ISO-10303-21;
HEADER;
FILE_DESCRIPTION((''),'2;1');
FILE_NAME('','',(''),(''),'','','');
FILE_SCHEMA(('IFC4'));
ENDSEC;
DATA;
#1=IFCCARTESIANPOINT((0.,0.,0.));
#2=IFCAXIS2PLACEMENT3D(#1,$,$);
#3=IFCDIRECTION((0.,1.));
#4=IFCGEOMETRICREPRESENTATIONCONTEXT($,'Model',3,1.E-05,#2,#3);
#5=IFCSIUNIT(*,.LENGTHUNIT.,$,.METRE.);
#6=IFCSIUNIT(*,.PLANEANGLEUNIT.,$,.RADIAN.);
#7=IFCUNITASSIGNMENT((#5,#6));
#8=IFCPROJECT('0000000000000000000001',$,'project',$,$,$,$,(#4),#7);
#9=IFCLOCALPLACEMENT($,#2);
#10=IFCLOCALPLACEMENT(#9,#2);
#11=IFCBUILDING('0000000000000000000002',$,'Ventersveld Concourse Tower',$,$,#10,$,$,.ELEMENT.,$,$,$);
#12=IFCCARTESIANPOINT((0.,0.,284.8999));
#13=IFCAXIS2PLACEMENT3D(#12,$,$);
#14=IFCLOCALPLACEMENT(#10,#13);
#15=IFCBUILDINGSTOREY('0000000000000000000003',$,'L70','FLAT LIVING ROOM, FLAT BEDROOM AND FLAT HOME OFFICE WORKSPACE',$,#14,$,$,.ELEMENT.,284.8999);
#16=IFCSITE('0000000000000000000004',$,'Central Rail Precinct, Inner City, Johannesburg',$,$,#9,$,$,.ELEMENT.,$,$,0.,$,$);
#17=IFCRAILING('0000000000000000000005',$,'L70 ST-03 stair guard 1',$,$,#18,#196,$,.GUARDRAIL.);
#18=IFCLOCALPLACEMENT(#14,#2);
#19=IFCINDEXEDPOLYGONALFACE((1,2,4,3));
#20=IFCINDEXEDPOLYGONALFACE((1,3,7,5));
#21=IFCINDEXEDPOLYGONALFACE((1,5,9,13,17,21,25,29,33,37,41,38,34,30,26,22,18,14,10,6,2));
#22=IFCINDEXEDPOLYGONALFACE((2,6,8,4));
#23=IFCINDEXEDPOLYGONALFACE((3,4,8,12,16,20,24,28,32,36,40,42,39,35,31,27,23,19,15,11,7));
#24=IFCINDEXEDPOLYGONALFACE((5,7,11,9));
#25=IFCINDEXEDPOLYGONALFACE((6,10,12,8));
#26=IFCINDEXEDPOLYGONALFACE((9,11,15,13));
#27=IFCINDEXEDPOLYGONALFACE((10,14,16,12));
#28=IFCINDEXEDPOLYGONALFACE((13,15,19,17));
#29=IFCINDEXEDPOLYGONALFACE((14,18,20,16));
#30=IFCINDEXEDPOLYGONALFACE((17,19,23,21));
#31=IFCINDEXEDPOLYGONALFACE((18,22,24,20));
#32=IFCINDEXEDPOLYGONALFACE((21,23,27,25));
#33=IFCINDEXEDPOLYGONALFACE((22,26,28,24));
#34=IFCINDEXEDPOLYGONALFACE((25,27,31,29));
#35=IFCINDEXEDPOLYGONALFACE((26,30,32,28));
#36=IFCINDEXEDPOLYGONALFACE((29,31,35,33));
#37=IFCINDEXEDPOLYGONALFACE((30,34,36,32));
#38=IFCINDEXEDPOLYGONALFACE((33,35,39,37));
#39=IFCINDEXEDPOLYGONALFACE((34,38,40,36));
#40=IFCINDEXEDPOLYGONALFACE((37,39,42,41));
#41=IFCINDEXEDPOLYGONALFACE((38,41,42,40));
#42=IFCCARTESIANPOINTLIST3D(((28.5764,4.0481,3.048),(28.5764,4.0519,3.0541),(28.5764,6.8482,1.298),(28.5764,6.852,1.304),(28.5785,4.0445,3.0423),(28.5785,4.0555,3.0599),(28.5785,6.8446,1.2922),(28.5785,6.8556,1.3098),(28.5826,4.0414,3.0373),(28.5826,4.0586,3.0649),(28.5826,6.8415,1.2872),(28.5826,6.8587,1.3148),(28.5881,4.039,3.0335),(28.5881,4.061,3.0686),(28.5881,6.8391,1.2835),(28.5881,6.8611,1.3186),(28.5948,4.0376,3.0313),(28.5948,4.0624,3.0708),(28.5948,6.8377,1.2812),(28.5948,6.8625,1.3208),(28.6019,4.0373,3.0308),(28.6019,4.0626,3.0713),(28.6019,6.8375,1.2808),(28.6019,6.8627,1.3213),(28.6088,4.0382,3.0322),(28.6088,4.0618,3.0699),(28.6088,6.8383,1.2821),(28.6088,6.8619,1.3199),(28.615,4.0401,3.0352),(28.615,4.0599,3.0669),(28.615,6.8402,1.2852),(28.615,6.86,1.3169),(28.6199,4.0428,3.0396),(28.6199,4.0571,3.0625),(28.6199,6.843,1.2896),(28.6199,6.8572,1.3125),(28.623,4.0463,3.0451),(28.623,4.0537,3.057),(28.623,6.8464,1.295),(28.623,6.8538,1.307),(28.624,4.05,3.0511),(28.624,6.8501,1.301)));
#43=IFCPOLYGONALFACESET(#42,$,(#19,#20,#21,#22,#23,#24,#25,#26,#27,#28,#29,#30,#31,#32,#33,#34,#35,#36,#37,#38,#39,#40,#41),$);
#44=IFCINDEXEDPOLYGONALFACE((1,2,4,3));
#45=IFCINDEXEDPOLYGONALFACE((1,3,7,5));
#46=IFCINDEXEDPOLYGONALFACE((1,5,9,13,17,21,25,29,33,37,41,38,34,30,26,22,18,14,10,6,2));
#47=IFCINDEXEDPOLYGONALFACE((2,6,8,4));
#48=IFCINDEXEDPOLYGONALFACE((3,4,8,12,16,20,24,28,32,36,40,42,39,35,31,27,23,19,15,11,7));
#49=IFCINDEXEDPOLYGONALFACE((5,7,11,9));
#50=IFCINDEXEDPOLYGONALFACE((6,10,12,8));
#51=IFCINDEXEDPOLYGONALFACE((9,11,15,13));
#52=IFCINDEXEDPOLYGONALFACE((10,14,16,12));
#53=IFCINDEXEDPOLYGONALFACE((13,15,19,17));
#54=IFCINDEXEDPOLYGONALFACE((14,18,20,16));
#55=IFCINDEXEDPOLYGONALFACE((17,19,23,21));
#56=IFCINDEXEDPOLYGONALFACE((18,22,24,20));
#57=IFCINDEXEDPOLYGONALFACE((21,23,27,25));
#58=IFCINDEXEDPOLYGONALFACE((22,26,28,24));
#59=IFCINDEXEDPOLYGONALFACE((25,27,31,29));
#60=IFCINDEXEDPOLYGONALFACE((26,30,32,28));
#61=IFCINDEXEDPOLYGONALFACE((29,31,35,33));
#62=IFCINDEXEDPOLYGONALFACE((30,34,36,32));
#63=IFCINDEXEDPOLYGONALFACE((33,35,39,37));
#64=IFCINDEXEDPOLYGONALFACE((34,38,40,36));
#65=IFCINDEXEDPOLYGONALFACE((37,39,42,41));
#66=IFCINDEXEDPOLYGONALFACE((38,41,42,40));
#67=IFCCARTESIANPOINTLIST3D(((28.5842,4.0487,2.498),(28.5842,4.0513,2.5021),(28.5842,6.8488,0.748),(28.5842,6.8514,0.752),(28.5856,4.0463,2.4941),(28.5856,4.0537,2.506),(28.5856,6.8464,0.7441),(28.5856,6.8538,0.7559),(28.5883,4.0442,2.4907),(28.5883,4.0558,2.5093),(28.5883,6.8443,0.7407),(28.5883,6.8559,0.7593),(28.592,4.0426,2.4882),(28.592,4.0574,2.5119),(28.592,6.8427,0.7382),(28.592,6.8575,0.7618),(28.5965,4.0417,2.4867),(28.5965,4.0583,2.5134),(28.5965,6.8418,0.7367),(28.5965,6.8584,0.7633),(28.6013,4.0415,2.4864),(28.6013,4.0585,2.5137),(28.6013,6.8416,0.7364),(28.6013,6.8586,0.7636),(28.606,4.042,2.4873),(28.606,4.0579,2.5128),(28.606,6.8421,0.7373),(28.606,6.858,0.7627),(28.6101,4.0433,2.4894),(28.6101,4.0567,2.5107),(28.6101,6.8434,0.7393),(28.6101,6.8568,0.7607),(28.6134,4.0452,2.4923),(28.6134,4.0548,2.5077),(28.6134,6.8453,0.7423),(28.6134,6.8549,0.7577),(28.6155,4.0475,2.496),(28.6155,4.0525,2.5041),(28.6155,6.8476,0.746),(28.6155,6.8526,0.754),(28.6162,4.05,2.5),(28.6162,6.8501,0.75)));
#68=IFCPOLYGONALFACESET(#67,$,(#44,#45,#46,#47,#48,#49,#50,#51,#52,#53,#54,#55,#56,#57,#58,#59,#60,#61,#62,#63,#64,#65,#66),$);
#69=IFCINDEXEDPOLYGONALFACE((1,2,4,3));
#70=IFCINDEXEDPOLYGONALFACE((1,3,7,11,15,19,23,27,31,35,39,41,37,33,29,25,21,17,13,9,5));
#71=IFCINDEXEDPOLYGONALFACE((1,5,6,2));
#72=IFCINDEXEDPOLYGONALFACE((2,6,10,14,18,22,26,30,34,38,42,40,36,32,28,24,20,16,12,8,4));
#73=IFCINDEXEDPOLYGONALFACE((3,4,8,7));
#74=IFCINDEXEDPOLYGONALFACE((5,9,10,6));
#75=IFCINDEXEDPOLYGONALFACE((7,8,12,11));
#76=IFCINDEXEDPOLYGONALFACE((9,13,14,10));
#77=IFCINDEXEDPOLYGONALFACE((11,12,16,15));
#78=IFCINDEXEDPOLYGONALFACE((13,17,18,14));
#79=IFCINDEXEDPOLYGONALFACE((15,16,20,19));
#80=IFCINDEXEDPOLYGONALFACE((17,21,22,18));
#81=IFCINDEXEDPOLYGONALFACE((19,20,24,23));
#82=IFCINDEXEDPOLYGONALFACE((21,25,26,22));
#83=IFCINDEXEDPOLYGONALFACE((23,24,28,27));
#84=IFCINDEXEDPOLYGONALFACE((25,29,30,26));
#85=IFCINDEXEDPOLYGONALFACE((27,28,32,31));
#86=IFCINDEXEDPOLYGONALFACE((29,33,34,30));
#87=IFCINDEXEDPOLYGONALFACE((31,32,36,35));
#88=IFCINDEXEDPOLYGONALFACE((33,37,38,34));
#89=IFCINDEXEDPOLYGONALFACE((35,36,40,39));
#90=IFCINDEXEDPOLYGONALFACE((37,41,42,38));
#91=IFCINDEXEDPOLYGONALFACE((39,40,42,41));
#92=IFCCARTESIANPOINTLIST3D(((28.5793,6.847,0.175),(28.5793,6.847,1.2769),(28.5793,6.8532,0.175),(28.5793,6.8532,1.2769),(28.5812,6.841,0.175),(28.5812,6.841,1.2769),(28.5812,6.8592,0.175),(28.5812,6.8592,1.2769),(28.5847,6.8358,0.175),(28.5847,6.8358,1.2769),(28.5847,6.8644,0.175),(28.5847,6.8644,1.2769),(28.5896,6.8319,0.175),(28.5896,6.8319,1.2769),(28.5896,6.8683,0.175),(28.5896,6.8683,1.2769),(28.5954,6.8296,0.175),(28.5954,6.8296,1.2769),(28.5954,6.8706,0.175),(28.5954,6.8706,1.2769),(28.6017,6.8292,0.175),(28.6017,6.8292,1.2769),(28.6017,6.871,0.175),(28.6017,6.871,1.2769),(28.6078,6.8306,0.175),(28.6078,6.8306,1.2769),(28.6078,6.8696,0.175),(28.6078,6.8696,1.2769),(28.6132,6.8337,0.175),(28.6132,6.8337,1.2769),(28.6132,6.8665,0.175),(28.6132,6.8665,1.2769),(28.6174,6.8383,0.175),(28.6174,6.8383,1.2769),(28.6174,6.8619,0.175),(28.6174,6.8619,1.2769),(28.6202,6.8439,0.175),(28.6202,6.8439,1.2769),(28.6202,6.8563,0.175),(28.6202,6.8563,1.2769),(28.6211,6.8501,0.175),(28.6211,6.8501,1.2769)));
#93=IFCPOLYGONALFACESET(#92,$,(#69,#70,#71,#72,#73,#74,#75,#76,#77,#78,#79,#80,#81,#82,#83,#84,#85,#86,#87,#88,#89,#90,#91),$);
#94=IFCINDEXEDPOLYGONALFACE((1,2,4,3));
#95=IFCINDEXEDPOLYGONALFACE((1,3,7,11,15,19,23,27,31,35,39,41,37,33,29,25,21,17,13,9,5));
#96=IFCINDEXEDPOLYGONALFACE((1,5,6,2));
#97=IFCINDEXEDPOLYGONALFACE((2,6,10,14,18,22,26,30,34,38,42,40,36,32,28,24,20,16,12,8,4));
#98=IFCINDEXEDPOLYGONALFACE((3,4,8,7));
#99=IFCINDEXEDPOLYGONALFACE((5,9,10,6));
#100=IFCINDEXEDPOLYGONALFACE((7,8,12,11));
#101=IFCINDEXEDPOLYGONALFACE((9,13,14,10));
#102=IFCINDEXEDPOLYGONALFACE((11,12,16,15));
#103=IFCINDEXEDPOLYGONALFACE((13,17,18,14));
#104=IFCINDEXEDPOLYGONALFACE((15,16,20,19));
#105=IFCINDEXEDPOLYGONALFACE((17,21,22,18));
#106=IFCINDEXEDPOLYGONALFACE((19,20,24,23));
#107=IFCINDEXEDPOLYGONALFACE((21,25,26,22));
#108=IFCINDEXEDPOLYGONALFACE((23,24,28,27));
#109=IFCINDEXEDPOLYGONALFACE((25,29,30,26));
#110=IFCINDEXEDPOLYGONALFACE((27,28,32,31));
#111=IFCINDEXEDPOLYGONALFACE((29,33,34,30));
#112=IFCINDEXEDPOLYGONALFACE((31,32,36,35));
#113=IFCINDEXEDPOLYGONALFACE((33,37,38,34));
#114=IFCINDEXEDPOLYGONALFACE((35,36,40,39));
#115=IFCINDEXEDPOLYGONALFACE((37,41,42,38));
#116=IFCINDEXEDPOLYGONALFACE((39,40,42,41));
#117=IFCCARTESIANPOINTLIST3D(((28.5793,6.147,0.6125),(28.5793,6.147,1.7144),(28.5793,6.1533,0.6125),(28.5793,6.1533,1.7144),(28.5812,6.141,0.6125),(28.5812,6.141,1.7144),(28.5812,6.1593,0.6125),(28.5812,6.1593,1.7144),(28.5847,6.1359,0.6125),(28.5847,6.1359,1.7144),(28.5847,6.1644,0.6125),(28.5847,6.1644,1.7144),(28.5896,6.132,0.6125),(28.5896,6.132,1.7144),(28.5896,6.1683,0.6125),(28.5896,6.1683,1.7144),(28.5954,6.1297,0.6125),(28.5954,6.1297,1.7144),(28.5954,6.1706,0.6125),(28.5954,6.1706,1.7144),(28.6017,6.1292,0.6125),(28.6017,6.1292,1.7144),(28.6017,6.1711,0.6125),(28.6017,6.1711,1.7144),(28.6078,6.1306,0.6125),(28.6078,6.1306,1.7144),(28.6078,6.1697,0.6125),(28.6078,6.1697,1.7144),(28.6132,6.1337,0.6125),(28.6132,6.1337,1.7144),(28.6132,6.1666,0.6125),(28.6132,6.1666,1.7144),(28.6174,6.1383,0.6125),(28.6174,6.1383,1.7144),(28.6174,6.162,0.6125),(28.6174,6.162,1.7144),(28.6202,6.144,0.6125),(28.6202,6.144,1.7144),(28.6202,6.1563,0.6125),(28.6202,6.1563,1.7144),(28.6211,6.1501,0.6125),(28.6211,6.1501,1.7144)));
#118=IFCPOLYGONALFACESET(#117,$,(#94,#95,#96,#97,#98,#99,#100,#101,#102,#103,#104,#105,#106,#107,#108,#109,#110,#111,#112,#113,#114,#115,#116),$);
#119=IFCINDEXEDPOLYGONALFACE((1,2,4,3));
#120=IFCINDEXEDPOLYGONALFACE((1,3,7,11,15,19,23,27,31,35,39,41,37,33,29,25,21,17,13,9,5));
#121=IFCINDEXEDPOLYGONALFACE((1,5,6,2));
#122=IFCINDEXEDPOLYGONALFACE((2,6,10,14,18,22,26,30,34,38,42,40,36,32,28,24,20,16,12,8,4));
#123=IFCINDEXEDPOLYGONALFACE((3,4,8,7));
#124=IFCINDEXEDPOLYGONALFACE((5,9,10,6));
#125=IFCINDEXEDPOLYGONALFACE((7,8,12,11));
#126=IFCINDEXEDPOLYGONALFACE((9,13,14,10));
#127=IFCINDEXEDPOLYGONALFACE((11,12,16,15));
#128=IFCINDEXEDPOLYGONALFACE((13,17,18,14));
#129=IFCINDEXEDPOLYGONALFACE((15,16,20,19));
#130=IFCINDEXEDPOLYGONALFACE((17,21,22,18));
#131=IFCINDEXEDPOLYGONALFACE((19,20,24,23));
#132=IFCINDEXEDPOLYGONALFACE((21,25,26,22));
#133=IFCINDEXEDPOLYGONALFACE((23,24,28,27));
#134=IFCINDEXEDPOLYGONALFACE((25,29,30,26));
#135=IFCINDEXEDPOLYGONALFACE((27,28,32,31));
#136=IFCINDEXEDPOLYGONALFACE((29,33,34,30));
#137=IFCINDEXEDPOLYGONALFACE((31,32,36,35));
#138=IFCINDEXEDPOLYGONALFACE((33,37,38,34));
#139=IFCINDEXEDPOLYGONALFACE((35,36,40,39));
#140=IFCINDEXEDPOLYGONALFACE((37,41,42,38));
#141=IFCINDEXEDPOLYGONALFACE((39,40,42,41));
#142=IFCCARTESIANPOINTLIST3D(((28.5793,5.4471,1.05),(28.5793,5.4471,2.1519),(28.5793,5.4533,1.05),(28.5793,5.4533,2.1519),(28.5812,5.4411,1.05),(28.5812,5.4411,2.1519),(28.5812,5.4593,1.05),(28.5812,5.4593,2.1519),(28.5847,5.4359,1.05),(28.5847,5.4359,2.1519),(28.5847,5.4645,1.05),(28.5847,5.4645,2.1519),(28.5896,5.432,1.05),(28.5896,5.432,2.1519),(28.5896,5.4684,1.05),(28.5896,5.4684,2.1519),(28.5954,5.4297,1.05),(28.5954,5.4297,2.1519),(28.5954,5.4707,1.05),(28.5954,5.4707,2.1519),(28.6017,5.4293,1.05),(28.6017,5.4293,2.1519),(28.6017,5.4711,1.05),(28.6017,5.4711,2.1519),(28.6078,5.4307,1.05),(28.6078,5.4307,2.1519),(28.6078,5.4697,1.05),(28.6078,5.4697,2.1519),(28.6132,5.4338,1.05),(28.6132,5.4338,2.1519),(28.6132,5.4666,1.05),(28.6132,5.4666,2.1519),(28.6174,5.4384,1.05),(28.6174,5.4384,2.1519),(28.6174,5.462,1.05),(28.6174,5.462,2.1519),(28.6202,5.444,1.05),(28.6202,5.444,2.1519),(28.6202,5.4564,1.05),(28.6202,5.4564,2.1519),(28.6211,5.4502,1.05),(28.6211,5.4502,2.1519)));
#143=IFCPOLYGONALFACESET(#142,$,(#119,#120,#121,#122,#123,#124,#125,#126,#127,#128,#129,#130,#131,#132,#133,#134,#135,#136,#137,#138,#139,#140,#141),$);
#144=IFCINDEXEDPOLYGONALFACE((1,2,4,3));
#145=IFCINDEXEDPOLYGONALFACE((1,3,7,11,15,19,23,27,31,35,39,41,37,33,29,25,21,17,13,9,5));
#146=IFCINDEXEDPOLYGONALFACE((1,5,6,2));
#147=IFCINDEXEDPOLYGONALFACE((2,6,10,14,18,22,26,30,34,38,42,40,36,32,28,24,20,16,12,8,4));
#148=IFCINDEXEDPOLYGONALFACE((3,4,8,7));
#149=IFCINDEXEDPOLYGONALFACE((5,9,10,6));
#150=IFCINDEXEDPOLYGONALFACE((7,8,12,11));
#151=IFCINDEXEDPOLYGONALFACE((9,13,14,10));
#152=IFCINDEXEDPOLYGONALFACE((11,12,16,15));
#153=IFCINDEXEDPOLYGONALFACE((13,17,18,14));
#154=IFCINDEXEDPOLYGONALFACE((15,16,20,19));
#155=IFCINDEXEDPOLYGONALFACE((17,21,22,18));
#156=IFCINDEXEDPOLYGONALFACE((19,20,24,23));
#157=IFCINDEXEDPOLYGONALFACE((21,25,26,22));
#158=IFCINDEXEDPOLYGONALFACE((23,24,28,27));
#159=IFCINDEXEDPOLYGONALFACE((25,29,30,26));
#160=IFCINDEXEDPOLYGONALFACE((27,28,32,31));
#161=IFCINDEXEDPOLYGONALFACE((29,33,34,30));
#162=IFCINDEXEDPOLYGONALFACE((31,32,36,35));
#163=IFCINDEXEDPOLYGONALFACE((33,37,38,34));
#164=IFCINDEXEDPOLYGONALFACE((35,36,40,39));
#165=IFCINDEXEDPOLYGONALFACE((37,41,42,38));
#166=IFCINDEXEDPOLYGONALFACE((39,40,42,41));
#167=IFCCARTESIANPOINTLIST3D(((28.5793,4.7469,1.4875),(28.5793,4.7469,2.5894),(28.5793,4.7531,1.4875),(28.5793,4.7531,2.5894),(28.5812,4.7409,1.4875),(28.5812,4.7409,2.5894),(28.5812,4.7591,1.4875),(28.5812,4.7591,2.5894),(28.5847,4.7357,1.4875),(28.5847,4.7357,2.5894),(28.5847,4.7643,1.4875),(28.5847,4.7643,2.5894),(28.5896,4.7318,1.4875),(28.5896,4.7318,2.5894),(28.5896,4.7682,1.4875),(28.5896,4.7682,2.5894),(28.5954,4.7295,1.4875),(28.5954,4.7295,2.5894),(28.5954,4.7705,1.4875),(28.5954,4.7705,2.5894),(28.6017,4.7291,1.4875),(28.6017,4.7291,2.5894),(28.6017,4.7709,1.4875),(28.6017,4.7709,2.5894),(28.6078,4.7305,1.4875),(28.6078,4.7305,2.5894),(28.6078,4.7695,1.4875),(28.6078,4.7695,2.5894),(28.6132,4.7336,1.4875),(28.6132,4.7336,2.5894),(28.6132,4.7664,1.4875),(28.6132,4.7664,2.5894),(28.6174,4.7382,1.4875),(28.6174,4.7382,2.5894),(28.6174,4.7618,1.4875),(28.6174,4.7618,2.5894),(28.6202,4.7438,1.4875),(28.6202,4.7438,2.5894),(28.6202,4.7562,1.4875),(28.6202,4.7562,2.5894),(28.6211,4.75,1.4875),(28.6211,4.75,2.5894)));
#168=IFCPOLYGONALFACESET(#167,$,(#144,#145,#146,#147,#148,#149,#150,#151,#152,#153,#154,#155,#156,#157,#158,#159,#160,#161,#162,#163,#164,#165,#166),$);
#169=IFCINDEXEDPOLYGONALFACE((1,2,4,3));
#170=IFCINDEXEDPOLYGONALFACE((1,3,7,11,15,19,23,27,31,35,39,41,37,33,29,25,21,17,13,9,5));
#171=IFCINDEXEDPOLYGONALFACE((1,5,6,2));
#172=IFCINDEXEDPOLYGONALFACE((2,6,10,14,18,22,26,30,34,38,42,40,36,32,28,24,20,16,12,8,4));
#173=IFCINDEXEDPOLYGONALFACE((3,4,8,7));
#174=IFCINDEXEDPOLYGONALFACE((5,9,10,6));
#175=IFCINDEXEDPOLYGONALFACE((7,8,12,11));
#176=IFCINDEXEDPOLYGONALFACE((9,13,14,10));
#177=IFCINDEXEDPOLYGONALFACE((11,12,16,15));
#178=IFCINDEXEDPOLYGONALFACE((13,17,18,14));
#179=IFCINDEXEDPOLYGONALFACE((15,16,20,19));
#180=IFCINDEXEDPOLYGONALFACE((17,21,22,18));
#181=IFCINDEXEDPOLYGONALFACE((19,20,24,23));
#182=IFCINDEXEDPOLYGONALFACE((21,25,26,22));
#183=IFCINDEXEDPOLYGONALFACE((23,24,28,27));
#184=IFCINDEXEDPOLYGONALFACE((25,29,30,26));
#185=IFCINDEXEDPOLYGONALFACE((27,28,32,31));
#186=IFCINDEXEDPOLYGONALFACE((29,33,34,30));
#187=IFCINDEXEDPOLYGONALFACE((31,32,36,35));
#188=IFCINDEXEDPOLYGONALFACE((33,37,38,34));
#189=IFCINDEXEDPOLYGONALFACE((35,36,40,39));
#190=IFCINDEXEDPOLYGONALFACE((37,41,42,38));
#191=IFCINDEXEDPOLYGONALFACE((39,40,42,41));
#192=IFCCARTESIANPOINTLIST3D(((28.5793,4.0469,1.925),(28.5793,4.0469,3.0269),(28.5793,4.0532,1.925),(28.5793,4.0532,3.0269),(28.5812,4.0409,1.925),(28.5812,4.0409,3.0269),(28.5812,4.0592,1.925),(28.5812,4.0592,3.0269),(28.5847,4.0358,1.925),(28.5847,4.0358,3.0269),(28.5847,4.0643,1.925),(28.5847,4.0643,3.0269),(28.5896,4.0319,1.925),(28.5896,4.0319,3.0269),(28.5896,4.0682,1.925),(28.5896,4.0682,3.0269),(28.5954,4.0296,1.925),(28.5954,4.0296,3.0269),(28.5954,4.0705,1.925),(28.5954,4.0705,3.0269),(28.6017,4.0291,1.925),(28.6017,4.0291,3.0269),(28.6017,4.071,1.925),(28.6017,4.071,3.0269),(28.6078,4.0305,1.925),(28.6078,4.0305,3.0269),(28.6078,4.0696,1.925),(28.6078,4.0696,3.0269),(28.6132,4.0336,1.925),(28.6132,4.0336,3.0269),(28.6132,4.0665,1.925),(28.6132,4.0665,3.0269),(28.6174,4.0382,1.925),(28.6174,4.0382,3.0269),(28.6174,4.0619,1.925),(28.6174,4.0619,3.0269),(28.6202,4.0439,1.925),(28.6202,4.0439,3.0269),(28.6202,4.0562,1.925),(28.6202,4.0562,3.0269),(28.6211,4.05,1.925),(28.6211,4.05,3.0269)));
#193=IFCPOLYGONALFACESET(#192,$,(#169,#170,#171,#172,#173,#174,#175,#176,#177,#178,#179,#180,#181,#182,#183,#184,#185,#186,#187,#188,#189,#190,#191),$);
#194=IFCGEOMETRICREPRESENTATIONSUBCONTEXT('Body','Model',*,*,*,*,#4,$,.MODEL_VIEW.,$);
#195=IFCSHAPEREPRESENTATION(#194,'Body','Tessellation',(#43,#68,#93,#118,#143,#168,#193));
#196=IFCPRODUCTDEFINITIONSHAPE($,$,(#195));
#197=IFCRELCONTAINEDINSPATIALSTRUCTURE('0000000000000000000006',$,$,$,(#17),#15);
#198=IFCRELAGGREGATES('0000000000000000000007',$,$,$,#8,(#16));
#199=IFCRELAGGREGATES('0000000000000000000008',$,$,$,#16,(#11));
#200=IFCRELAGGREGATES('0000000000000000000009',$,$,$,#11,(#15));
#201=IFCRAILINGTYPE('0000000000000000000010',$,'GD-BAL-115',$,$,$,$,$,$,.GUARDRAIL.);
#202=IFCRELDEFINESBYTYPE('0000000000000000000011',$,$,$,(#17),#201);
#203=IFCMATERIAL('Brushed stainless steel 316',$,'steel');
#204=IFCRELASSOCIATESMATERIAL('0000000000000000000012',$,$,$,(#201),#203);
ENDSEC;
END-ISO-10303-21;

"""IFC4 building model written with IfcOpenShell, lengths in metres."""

from ifc_helpers import new_model, si_unit, direction, frame, origin, origin_2d, place, context, subcontext, project, spatial, circle, extrude, material, type_object, element, save


model = new_model("IFC4")

# Units and contexts
model_context = context("Model", 3, precision=1e-05, world=origin(), true_north=direction((0.0, 1.0)))
body_context = subcontext(model_context, "Body", "Model", "MODEL_VIEW")
ifc_project = project(units=[si_unit("LENGTHUNIT", "METRE"), si_unit("PLANEANGLEUNIT", "RADIAN")], contexts=[model_context])

# Site, building, storey
site_placement = place(None, origin())
site = spatial("IfcSite", under=ifc_project, at=site_placement, Name="Central Rail Precinct, Inner City, Johannesburg", CompositionType="ELEMENT", RefElevation=0.0)
building_placement = place(site_placement, origin())
building = spatial("IfcBuilding", under=site, at=building_placement, Name="Ventersveld Concourse Tower", CompositionType="ELEMENT")
storey_placement = place(building_placement, frame((0.0, 0.0, 284.8999)))
storey = spatial("IfcBuildingStorey", under=building, at=storey_placement, Name="L70", Description="FLAT LIVING ROOM, FLAT BEDROOM AND FLAT HOME OFFICE WORKSPACE", CompositionType="ELEMENT", Elevation=284.8999)

# Shared definitions
ifc_material_1 = material(Name="Brushed stainless steel 316", Category="steel")

# Railing
railing_type_1 = type_object("IfcRailingType", Name="GD-BAL-115", PredefinedType="GUARDRAIL", material=ifc_material_1)
railing_1_placement = place(storey_placement, frame((28.6001, 6.8501, 0.175)))
element("IfcRailing", 1, at=railing_1_placement, inside=storey, type_object=railing_type_1, Name="L70 ST-03 stair guard 1", PredefinedType="GUARDRAIL", context=body_context, shape_type="SweptSolid", body=[
    extrude(circle(Radius=0.0239, at=origin_2d()), frame((0.0, 0.0, 1.126), z_axis=(0.0, -0.848002, 0.529992), x_axis=(1.0, 0.0, 0.0)), (0.0, 0.0, 1.0), 3.302),
    extrude(circle(Radius=0.0161, at=origin_2d()), frame((0.0, 0.0, 0.575), z_axis=(0.0, -0.848002, 0.529992), x_axis=(1.0, 0.0, 0.0)), (0.0, 0.0, 1.0), 3.302),
    extrude(circle(Radius=0.021, at=origin_2d()), origin(), (0.0, 0.0, 1.0), 1.1018),
    extrude(circle(Radius=0.021, at=origin_2d()), frame((0.0, -0.7, 0.4375)), (0.0, 0.0, 1.0), 1.1018),
    extrude(circle(Radius=0.021, at=origin_2d()), frame((0.0, -1.3999, 0.875)), (0.0, 0.0, 1.0), 1.1018),
    extrude(circle(Radius=0.021, at=origin_2d()), frame((0.0, -2.1001, 1.3125)), (0.0, 0.0, 1.0), 1.1018),
    extrude(circle(Radius=0.021, at=origin_2d()), frame((0.0, -2.8, 1.75)), (0.0, 0.0, 1.0), 1.1018),
])

save(model, "model.ifc")
